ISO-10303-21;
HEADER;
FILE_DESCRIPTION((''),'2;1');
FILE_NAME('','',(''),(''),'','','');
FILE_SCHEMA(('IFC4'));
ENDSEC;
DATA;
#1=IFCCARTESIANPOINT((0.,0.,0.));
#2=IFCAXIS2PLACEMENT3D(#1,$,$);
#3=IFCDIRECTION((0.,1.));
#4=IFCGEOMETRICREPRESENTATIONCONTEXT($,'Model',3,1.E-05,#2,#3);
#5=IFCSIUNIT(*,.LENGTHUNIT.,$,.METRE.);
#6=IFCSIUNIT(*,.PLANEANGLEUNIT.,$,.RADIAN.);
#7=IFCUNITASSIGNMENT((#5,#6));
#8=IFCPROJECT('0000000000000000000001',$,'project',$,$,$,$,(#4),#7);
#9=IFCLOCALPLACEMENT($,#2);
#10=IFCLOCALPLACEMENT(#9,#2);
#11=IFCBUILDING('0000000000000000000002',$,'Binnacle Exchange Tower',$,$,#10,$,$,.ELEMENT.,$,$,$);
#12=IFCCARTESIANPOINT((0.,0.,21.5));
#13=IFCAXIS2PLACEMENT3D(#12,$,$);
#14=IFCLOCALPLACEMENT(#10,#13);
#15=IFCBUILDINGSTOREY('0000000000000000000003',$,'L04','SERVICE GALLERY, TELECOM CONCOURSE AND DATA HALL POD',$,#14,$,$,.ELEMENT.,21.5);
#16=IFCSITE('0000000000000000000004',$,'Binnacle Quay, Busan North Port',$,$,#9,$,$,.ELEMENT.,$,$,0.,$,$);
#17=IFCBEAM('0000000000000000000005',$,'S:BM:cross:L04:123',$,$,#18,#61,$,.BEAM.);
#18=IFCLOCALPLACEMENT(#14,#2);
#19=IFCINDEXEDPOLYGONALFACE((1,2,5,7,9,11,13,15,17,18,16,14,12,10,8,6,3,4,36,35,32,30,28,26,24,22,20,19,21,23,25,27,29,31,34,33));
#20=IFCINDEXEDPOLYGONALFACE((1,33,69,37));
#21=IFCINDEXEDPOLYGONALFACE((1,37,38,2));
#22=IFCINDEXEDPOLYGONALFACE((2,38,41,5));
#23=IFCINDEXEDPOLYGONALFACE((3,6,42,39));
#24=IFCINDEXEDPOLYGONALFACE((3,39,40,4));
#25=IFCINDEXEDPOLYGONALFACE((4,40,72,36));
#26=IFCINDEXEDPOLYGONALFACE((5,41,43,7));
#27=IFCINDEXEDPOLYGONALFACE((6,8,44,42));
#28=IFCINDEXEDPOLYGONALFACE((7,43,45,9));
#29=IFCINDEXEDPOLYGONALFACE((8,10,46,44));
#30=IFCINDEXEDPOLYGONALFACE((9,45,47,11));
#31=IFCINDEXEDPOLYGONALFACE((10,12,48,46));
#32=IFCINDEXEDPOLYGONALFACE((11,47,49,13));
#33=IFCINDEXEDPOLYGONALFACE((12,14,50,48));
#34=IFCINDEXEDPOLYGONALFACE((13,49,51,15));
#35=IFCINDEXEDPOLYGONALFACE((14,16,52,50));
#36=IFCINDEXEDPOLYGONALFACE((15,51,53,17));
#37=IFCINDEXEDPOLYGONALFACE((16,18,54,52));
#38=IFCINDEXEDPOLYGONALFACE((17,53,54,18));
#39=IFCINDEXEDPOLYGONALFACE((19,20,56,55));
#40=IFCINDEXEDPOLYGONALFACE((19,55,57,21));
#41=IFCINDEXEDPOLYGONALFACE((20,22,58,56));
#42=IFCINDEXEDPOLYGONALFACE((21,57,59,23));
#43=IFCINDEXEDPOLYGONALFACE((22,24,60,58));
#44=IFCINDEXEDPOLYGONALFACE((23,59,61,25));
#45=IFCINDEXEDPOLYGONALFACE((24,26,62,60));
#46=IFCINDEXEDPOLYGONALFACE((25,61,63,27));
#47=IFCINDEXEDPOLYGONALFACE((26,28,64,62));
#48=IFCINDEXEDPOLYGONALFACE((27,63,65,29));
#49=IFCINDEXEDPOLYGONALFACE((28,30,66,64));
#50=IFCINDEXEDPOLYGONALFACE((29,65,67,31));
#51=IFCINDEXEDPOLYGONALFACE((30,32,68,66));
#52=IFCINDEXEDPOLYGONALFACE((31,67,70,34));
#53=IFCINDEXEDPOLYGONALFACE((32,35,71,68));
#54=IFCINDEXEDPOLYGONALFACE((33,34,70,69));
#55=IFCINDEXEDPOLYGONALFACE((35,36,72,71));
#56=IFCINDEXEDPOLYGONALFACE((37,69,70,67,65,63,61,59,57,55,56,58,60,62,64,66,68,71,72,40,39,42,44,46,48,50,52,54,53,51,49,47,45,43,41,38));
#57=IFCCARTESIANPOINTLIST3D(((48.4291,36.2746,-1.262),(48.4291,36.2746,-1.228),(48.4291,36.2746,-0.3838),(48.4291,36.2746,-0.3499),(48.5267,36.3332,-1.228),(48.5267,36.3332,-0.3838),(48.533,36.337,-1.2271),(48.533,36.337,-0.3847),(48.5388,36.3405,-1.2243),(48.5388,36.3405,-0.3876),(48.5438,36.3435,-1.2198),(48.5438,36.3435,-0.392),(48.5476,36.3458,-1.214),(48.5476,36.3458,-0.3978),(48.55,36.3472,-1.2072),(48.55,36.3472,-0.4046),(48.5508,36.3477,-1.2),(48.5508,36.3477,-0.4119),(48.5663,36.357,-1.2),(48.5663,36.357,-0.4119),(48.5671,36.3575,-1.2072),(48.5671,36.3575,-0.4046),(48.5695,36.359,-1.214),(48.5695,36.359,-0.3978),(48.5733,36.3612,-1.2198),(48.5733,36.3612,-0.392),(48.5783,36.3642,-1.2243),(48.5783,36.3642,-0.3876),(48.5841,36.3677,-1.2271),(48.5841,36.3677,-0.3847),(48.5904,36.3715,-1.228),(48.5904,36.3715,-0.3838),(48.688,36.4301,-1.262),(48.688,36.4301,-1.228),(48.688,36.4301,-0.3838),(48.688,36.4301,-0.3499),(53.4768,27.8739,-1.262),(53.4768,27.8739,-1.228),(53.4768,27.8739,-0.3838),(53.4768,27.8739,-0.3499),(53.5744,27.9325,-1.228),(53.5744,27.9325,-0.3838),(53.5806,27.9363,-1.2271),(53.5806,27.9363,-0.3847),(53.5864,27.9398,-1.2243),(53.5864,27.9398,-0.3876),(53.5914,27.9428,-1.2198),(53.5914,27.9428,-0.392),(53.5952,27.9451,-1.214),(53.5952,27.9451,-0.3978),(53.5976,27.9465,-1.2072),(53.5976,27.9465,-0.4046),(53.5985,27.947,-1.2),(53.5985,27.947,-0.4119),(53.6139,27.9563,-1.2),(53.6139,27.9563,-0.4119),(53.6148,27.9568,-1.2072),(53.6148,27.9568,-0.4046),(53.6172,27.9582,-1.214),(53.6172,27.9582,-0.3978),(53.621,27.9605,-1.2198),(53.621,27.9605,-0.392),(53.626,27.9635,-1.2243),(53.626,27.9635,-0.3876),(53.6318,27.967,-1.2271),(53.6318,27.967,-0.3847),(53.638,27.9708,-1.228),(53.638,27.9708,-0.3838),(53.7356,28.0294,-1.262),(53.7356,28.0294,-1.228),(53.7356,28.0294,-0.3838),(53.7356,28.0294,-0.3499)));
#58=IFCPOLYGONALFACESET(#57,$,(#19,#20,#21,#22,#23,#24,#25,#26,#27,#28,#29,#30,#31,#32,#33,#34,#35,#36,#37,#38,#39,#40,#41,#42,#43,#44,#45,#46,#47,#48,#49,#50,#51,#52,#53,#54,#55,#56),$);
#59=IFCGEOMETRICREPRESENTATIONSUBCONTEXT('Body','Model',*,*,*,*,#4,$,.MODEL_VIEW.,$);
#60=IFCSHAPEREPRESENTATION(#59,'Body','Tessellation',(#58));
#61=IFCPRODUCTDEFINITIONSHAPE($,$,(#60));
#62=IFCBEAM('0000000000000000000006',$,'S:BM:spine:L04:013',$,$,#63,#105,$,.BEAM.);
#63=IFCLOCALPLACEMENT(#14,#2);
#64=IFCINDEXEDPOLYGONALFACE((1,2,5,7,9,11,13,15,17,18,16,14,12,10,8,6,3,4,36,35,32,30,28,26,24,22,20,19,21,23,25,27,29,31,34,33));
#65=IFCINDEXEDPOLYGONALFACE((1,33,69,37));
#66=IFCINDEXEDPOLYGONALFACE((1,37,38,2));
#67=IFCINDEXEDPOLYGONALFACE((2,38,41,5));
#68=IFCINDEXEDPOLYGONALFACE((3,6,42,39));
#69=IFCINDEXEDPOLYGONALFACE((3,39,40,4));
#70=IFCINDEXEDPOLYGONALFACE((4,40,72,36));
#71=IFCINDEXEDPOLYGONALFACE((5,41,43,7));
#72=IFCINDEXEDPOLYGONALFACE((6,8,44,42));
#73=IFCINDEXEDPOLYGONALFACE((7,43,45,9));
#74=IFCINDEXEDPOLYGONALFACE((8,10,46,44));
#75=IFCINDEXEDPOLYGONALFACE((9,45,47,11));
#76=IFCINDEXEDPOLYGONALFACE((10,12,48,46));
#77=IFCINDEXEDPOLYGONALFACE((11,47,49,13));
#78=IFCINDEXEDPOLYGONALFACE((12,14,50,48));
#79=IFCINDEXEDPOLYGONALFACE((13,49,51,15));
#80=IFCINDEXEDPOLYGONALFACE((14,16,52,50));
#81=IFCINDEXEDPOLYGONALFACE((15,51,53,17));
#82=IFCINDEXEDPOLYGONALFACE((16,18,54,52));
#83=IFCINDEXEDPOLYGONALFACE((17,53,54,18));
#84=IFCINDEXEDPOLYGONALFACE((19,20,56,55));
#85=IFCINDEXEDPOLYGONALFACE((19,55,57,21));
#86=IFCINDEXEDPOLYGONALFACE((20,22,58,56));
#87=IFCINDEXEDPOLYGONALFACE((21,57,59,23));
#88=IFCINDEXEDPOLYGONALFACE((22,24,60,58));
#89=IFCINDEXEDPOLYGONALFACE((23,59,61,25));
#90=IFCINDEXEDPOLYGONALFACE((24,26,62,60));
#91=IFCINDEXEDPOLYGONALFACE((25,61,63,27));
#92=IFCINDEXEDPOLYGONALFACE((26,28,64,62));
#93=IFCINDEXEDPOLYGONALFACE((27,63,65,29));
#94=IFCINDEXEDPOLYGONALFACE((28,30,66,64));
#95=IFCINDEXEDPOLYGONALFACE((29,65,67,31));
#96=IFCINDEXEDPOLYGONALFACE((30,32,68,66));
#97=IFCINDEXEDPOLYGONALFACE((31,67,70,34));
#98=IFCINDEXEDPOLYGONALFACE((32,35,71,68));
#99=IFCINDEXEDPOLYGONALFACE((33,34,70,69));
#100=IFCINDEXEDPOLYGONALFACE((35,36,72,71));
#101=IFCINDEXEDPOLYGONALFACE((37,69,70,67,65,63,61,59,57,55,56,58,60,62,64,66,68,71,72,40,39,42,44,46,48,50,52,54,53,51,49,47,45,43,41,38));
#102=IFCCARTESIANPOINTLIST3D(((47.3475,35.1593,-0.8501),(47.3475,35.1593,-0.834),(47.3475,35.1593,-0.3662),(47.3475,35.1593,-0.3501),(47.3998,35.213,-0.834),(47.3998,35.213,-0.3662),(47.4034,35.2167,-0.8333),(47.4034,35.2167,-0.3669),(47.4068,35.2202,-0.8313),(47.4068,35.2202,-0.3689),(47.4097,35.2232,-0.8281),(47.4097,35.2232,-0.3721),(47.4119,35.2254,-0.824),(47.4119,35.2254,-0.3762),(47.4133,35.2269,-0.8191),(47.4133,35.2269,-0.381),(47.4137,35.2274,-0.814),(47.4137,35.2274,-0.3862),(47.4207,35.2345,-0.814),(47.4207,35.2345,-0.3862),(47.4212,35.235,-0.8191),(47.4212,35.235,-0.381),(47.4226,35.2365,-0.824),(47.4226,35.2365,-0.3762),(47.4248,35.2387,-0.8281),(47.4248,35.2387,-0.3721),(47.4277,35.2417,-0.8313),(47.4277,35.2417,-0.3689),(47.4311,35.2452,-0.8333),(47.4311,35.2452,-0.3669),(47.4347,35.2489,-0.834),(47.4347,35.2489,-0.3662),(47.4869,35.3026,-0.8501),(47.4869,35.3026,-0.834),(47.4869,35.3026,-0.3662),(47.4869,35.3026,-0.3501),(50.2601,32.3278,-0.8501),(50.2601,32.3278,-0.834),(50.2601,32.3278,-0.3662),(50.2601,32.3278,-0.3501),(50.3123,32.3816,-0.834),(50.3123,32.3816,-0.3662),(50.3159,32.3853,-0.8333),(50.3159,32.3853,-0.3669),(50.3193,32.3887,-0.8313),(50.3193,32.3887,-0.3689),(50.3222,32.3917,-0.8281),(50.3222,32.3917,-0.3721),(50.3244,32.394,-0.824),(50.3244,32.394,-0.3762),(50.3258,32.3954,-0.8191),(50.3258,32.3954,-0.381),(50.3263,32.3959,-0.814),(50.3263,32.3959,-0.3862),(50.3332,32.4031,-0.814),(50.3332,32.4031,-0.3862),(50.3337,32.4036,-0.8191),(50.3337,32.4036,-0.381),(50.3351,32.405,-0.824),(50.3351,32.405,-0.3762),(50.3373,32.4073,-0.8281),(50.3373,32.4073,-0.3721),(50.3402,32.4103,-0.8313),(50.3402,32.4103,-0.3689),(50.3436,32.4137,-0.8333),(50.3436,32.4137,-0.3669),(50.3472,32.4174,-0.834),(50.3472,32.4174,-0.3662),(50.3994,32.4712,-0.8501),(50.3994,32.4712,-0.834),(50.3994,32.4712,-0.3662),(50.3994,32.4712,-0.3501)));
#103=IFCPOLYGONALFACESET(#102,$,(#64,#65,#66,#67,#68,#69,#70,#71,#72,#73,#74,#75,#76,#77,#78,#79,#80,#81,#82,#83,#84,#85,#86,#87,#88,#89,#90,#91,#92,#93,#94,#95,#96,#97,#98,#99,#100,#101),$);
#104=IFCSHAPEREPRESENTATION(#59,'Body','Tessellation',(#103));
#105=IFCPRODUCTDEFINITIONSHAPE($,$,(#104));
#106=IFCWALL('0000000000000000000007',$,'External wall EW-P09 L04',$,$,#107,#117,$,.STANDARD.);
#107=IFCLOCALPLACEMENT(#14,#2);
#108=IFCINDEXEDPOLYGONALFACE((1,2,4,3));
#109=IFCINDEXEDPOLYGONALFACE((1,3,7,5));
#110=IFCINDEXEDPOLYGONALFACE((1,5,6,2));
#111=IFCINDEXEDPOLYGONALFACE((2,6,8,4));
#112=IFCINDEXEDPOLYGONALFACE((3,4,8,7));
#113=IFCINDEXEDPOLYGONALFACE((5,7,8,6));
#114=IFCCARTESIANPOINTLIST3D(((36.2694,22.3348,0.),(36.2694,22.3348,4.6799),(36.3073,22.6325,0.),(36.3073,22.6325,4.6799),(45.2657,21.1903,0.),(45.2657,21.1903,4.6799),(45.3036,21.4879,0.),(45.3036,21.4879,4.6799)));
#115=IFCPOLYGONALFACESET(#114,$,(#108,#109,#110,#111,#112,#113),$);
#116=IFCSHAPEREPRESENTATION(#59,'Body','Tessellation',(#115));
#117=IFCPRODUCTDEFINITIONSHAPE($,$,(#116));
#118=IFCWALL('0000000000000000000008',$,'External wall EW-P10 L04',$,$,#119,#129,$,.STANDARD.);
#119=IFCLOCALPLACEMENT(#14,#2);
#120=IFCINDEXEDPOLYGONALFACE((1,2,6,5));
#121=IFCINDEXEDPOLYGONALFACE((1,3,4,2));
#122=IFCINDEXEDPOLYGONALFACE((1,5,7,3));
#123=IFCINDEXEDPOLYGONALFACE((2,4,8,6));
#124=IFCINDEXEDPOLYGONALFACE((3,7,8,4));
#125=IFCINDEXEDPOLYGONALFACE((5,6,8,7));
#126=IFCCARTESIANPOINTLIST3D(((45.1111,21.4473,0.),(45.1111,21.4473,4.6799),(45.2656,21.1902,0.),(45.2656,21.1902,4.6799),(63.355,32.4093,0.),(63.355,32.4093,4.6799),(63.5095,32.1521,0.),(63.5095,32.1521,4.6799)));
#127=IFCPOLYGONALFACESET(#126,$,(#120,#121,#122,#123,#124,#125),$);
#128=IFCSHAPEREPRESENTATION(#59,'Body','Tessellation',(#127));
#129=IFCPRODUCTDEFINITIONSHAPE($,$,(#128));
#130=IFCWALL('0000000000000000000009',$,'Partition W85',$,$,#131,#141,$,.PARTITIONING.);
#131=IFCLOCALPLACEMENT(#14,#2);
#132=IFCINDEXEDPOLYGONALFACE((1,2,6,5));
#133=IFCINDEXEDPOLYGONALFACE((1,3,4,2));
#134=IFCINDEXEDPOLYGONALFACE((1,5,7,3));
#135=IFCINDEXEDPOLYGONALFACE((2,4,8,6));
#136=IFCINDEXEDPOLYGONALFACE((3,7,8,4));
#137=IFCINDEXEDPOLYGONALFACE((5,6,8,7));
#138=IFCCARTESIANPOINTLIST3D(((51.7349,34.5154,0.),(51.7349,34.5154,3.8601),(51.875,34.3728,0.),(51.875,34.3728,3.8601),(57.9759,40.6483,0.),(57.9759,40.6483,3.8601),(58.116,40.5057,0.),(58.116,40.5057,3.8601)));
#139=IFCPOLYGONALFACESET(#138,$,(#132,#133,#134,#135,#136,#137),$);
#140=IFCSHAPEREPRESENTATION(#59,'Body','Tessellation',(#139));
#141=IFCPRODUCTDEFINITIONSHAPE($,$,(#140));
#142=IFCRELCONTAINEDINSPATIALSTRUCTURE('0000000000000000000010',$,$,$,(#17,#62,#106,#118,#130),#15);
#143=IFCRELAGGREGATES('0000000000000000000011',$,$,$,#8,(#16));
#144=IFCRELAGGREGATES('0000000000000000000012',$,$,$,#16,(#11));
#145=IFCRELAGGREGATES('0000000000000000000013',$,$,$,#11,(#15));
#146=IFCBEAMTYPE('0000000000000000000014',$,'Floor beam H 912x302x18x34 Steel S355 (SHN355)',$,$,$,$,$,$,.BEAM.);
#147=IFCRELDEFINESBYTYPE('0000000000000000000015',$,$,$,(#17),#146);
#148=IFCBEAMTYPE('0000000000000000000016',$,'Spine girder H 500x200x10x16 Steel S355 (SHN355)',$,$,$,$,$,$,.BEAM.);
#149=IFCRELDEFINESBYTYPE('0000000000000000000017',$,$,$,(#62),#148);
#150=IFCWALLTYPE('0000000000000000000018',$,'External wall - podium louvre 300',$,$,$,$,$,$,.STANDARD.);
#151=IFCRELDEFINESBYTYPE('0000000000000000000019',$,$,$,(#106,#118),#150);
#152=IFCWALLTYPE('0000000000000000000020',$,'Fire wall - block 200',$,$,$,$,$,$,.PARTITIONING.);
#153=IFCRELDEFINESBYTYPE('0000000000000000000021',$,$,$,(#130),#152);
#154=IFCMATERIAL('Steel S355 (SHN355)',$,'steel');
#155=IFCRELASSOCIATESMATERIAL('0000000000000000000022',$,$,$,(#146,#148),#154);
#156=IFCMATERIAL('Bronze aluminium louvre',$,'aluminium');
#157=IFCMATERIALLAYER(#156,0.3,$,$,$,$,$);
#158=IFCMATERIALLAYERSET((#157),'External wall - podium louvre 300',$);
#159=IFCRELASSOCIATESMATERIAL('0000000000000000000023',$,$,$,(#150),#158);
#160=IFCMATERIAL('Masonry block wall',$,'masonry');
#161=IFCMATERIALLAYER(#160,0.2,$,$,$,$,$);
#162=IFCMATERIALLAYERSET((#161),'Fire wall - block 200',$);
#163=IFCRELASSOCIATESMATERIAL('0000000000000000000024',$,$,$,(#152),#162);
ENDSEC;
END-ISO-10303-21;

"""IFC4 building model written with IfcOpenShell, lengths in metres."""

from ifc_helpers import new_model, si_unit, direction, frame, frame_2d, origin, origin_2d, place, context, subcontext, project, spatial, rectangle, i_section, extrude, material, layer, layer_set, material_profile, profile_set, type_object, element, save


model = new_model("IFC4")

# Units and contexts
model_context = context("Model", 3, precision=1e-05, world=origin(), true_north=direction((0.0, 1.0)))
body_context = subcontext(model_context, "Body", "Model", "MODEL_VIEW")
ifc_project = project(units=[si_unit("LENGTHUNIT", "METRE"), si_unit("PLANEANGLEUNIT", "RADIAN")], contexts=[model_context])

# Site, building, storey
site_placement = place(None, origin())
site = spatial("IfcSite", under=ifc_project, at=site_placement, Name="Binnacle Quay, Busan North Port", CompositionType="ELEMENT", RefElevation=0.0)
building_placement = place(site_placement, origin())
building = spatial("IfcBuilding", under=site, at=building_placement, Name="Binnacle Exchange Tower", CompositionType="ELEMENT")
storey_placement = place(building_placement, frame((0.0, 0.0, 21.5)))
storey = spatial("IfcBuildingStorey", under=building, at=storey_placement, Name="L04", Description="SERVICE GALLERY, TELECOM CONCOURSE AND DATA HALL POD", CompositionType="ELEMENT", Elevation=21.5)

# Beams
ifc_material_1 = material(Name="Steel S355 (SHN355)", Category="steel")
ifc_material_profile_1 = material_profile(ifc_material_1, i_section(OverallWidth=0.302, OverallDepth=0.9121, WebThickness=0.0181, FlangeThickness=0.0339, FilletRadius=0.0281, at=origin_2d()), Name="H 912x302x18x34")
ifc_profile_set_1 = profile_set([ifc_material_profile_1], Name="Steel S355 (SHN355)")
beam_type_1 = type_object("IfcBeamType", Name="Floor beam H 912x302x18x34 Steel S355 (SHN355)", PredefinedType="BEAM", material=ifc_profile_set_1)
beam_1_placement = place(storey_placement, frame((53.6062, 27.9517, -0.8059), z_axis=(-0.515038, 0.857167, 0.0), x_axis=(-0.857167, -0.515038, 0.0)))
element("IfcBeam", 1, at=beam_1_placement, inside=storey, type_object=beam_type_1, Name="S:BM:cross:L04:123", PredefinedType="BEAM", context=body_context, shape_type="SweptSolid", body=[
    extrude(i_section(OverallWidth=0.302, OverallDepth=0.9121, WebThickness=0.0181, FlangeThickness=0.0339, FilletRadius=0.0281, at=origin_2d()), origin(), (0.0, 0.0, 1.0), 9.8005),
])
ifc_material_profile_2 = material_profile(ifc_material_1, i_section(OverallWidth=0.2, OverallDepth=0.5, WebThickness=0.01, FlangeThickness=0.0161, FilletRadius=0.02, at=origin_2d()), Name="H 500x200x10x16")
ifc_profile_set_2 = profile_set([ifc_material_profile_2], Name="Steel S355 (SHN355)")
beam_type_2 = type_object("IfcBeamType", Name="Spine girder H 500x200x10x16 Steel S355 (SHN355)", PredefinedType="BEAM", material=ifc_profile_set_2)
beam_2_placement = place(storey_placement, frame((47.4172, 35.231, -0.6001), z_axis=(0.717013, -0.69706, 0.0), x_axis=(0.69706, 0.717013, 0.0)))
element("IfcBeam", 2, at=beam_2_placement, inside=storey, type_object=beam_type_2, Name="S:BM:spine:L04:013", PredefinedType="BEAM", context=body_context, shape_type="SweptSolid", body=[
    extrude(i_section(OverallWidth=0.2, OverallDepth=0.5, WebThickness=0.01, FlangeThickness=0.0161, FilletRadius=0.02, at=origin_2d()), origin(), (0.0, 0.0, 1.0), 4.062),
])

# Walls
ifc_material_2 = material(Name="Bronze aluminium louvre", Category="aluminium")
ifc_layer_1 = layer(ifc_material_2, 0.3)
ifc_layer_set_1 = layer_set([ifc_layer_1], Name="External wall - podium louvre 300")
wall_type_1 = type_object("IfcWallType", Name="External wall - podium louvre 300", PredefinedType="STANDARD", material=ifc_layer_set_1)
wall_1_placement = place(storey_placement, frame((45.2847, 21.3391, 0.0), z_axis=(0.0, 0.0, 1.0), x_axis=(-0.992004, 0.126205, 0.0)))
element("IfcWall", 3, at=wall_1_placement, inside=storey, type_object=wall_type_1, Name="External wall EW-P09 L04", PredefinedType="STANDARD", context=body_context, shape_type="SweptSolid", body=[
    extrude(rectangle(XDim=9.0688, YDim=0.3, at=frame_2d((4.5344, 0.0))), origin(), (0.0, 0.0, 1.0), 4.6799),
])
wall_2_placement = place(storey_placement, frame((63.4324, 32.2808, 0.0), z_axis=(0.0, 0.0, 1.0), x_axis=(-0.85717, -0.515034, 0.0)))
element("IfcWall", 4, at=wall_2_placement, inside=storey, type_object=wall_type_1, Name="External wall EW-P10 L04", PredefinedType="STANDARD", context=body_context, shape_type="SweptSolid", body=[
    extrude(rectangle(XDim=21.2839, YDim=0.3, at=frame_2d((10.6421, 0.0))), origin(), (0.0, 0.0, 1.0), 4.6799),
])
ifc_material_3 = material(Name="Masonry block wall", Category="masonry")
ifc_layer_2 = layer(ifc_material_3, 0.2)
ifc_layer_set_2 = layer_set([ifc_layer_2], Name="Fire wall - block 200")
wall_type_2 = type_object("IfcWallType", Name="Fire wall - block 200", PredefinedType="PARTITIONING", material=ifc_layer_set_2)
wall_3_placement = place(storey_placement, frame((51.8049, 34.4441, 0.0), z_axis=(0.0, 0.0, 1.0), x_axis=(0.71326, 0.700899, 0.0)))
element("IfcWall", 5, at=wall_3_placement, inside=storey, type_object=wall_type_2, Name="Partition W85", PredefinedType="PARTITIONING", context=body_context, shape_type="SweptSolid", body=[
    extrude(rectangle(XDim=8.75, YDim=0.2, at=frame_2d((4.375, 0.0))), origin(), (0.0, 0.0, 1.0), 3.8601),
])

save(model, "model.ifc")
